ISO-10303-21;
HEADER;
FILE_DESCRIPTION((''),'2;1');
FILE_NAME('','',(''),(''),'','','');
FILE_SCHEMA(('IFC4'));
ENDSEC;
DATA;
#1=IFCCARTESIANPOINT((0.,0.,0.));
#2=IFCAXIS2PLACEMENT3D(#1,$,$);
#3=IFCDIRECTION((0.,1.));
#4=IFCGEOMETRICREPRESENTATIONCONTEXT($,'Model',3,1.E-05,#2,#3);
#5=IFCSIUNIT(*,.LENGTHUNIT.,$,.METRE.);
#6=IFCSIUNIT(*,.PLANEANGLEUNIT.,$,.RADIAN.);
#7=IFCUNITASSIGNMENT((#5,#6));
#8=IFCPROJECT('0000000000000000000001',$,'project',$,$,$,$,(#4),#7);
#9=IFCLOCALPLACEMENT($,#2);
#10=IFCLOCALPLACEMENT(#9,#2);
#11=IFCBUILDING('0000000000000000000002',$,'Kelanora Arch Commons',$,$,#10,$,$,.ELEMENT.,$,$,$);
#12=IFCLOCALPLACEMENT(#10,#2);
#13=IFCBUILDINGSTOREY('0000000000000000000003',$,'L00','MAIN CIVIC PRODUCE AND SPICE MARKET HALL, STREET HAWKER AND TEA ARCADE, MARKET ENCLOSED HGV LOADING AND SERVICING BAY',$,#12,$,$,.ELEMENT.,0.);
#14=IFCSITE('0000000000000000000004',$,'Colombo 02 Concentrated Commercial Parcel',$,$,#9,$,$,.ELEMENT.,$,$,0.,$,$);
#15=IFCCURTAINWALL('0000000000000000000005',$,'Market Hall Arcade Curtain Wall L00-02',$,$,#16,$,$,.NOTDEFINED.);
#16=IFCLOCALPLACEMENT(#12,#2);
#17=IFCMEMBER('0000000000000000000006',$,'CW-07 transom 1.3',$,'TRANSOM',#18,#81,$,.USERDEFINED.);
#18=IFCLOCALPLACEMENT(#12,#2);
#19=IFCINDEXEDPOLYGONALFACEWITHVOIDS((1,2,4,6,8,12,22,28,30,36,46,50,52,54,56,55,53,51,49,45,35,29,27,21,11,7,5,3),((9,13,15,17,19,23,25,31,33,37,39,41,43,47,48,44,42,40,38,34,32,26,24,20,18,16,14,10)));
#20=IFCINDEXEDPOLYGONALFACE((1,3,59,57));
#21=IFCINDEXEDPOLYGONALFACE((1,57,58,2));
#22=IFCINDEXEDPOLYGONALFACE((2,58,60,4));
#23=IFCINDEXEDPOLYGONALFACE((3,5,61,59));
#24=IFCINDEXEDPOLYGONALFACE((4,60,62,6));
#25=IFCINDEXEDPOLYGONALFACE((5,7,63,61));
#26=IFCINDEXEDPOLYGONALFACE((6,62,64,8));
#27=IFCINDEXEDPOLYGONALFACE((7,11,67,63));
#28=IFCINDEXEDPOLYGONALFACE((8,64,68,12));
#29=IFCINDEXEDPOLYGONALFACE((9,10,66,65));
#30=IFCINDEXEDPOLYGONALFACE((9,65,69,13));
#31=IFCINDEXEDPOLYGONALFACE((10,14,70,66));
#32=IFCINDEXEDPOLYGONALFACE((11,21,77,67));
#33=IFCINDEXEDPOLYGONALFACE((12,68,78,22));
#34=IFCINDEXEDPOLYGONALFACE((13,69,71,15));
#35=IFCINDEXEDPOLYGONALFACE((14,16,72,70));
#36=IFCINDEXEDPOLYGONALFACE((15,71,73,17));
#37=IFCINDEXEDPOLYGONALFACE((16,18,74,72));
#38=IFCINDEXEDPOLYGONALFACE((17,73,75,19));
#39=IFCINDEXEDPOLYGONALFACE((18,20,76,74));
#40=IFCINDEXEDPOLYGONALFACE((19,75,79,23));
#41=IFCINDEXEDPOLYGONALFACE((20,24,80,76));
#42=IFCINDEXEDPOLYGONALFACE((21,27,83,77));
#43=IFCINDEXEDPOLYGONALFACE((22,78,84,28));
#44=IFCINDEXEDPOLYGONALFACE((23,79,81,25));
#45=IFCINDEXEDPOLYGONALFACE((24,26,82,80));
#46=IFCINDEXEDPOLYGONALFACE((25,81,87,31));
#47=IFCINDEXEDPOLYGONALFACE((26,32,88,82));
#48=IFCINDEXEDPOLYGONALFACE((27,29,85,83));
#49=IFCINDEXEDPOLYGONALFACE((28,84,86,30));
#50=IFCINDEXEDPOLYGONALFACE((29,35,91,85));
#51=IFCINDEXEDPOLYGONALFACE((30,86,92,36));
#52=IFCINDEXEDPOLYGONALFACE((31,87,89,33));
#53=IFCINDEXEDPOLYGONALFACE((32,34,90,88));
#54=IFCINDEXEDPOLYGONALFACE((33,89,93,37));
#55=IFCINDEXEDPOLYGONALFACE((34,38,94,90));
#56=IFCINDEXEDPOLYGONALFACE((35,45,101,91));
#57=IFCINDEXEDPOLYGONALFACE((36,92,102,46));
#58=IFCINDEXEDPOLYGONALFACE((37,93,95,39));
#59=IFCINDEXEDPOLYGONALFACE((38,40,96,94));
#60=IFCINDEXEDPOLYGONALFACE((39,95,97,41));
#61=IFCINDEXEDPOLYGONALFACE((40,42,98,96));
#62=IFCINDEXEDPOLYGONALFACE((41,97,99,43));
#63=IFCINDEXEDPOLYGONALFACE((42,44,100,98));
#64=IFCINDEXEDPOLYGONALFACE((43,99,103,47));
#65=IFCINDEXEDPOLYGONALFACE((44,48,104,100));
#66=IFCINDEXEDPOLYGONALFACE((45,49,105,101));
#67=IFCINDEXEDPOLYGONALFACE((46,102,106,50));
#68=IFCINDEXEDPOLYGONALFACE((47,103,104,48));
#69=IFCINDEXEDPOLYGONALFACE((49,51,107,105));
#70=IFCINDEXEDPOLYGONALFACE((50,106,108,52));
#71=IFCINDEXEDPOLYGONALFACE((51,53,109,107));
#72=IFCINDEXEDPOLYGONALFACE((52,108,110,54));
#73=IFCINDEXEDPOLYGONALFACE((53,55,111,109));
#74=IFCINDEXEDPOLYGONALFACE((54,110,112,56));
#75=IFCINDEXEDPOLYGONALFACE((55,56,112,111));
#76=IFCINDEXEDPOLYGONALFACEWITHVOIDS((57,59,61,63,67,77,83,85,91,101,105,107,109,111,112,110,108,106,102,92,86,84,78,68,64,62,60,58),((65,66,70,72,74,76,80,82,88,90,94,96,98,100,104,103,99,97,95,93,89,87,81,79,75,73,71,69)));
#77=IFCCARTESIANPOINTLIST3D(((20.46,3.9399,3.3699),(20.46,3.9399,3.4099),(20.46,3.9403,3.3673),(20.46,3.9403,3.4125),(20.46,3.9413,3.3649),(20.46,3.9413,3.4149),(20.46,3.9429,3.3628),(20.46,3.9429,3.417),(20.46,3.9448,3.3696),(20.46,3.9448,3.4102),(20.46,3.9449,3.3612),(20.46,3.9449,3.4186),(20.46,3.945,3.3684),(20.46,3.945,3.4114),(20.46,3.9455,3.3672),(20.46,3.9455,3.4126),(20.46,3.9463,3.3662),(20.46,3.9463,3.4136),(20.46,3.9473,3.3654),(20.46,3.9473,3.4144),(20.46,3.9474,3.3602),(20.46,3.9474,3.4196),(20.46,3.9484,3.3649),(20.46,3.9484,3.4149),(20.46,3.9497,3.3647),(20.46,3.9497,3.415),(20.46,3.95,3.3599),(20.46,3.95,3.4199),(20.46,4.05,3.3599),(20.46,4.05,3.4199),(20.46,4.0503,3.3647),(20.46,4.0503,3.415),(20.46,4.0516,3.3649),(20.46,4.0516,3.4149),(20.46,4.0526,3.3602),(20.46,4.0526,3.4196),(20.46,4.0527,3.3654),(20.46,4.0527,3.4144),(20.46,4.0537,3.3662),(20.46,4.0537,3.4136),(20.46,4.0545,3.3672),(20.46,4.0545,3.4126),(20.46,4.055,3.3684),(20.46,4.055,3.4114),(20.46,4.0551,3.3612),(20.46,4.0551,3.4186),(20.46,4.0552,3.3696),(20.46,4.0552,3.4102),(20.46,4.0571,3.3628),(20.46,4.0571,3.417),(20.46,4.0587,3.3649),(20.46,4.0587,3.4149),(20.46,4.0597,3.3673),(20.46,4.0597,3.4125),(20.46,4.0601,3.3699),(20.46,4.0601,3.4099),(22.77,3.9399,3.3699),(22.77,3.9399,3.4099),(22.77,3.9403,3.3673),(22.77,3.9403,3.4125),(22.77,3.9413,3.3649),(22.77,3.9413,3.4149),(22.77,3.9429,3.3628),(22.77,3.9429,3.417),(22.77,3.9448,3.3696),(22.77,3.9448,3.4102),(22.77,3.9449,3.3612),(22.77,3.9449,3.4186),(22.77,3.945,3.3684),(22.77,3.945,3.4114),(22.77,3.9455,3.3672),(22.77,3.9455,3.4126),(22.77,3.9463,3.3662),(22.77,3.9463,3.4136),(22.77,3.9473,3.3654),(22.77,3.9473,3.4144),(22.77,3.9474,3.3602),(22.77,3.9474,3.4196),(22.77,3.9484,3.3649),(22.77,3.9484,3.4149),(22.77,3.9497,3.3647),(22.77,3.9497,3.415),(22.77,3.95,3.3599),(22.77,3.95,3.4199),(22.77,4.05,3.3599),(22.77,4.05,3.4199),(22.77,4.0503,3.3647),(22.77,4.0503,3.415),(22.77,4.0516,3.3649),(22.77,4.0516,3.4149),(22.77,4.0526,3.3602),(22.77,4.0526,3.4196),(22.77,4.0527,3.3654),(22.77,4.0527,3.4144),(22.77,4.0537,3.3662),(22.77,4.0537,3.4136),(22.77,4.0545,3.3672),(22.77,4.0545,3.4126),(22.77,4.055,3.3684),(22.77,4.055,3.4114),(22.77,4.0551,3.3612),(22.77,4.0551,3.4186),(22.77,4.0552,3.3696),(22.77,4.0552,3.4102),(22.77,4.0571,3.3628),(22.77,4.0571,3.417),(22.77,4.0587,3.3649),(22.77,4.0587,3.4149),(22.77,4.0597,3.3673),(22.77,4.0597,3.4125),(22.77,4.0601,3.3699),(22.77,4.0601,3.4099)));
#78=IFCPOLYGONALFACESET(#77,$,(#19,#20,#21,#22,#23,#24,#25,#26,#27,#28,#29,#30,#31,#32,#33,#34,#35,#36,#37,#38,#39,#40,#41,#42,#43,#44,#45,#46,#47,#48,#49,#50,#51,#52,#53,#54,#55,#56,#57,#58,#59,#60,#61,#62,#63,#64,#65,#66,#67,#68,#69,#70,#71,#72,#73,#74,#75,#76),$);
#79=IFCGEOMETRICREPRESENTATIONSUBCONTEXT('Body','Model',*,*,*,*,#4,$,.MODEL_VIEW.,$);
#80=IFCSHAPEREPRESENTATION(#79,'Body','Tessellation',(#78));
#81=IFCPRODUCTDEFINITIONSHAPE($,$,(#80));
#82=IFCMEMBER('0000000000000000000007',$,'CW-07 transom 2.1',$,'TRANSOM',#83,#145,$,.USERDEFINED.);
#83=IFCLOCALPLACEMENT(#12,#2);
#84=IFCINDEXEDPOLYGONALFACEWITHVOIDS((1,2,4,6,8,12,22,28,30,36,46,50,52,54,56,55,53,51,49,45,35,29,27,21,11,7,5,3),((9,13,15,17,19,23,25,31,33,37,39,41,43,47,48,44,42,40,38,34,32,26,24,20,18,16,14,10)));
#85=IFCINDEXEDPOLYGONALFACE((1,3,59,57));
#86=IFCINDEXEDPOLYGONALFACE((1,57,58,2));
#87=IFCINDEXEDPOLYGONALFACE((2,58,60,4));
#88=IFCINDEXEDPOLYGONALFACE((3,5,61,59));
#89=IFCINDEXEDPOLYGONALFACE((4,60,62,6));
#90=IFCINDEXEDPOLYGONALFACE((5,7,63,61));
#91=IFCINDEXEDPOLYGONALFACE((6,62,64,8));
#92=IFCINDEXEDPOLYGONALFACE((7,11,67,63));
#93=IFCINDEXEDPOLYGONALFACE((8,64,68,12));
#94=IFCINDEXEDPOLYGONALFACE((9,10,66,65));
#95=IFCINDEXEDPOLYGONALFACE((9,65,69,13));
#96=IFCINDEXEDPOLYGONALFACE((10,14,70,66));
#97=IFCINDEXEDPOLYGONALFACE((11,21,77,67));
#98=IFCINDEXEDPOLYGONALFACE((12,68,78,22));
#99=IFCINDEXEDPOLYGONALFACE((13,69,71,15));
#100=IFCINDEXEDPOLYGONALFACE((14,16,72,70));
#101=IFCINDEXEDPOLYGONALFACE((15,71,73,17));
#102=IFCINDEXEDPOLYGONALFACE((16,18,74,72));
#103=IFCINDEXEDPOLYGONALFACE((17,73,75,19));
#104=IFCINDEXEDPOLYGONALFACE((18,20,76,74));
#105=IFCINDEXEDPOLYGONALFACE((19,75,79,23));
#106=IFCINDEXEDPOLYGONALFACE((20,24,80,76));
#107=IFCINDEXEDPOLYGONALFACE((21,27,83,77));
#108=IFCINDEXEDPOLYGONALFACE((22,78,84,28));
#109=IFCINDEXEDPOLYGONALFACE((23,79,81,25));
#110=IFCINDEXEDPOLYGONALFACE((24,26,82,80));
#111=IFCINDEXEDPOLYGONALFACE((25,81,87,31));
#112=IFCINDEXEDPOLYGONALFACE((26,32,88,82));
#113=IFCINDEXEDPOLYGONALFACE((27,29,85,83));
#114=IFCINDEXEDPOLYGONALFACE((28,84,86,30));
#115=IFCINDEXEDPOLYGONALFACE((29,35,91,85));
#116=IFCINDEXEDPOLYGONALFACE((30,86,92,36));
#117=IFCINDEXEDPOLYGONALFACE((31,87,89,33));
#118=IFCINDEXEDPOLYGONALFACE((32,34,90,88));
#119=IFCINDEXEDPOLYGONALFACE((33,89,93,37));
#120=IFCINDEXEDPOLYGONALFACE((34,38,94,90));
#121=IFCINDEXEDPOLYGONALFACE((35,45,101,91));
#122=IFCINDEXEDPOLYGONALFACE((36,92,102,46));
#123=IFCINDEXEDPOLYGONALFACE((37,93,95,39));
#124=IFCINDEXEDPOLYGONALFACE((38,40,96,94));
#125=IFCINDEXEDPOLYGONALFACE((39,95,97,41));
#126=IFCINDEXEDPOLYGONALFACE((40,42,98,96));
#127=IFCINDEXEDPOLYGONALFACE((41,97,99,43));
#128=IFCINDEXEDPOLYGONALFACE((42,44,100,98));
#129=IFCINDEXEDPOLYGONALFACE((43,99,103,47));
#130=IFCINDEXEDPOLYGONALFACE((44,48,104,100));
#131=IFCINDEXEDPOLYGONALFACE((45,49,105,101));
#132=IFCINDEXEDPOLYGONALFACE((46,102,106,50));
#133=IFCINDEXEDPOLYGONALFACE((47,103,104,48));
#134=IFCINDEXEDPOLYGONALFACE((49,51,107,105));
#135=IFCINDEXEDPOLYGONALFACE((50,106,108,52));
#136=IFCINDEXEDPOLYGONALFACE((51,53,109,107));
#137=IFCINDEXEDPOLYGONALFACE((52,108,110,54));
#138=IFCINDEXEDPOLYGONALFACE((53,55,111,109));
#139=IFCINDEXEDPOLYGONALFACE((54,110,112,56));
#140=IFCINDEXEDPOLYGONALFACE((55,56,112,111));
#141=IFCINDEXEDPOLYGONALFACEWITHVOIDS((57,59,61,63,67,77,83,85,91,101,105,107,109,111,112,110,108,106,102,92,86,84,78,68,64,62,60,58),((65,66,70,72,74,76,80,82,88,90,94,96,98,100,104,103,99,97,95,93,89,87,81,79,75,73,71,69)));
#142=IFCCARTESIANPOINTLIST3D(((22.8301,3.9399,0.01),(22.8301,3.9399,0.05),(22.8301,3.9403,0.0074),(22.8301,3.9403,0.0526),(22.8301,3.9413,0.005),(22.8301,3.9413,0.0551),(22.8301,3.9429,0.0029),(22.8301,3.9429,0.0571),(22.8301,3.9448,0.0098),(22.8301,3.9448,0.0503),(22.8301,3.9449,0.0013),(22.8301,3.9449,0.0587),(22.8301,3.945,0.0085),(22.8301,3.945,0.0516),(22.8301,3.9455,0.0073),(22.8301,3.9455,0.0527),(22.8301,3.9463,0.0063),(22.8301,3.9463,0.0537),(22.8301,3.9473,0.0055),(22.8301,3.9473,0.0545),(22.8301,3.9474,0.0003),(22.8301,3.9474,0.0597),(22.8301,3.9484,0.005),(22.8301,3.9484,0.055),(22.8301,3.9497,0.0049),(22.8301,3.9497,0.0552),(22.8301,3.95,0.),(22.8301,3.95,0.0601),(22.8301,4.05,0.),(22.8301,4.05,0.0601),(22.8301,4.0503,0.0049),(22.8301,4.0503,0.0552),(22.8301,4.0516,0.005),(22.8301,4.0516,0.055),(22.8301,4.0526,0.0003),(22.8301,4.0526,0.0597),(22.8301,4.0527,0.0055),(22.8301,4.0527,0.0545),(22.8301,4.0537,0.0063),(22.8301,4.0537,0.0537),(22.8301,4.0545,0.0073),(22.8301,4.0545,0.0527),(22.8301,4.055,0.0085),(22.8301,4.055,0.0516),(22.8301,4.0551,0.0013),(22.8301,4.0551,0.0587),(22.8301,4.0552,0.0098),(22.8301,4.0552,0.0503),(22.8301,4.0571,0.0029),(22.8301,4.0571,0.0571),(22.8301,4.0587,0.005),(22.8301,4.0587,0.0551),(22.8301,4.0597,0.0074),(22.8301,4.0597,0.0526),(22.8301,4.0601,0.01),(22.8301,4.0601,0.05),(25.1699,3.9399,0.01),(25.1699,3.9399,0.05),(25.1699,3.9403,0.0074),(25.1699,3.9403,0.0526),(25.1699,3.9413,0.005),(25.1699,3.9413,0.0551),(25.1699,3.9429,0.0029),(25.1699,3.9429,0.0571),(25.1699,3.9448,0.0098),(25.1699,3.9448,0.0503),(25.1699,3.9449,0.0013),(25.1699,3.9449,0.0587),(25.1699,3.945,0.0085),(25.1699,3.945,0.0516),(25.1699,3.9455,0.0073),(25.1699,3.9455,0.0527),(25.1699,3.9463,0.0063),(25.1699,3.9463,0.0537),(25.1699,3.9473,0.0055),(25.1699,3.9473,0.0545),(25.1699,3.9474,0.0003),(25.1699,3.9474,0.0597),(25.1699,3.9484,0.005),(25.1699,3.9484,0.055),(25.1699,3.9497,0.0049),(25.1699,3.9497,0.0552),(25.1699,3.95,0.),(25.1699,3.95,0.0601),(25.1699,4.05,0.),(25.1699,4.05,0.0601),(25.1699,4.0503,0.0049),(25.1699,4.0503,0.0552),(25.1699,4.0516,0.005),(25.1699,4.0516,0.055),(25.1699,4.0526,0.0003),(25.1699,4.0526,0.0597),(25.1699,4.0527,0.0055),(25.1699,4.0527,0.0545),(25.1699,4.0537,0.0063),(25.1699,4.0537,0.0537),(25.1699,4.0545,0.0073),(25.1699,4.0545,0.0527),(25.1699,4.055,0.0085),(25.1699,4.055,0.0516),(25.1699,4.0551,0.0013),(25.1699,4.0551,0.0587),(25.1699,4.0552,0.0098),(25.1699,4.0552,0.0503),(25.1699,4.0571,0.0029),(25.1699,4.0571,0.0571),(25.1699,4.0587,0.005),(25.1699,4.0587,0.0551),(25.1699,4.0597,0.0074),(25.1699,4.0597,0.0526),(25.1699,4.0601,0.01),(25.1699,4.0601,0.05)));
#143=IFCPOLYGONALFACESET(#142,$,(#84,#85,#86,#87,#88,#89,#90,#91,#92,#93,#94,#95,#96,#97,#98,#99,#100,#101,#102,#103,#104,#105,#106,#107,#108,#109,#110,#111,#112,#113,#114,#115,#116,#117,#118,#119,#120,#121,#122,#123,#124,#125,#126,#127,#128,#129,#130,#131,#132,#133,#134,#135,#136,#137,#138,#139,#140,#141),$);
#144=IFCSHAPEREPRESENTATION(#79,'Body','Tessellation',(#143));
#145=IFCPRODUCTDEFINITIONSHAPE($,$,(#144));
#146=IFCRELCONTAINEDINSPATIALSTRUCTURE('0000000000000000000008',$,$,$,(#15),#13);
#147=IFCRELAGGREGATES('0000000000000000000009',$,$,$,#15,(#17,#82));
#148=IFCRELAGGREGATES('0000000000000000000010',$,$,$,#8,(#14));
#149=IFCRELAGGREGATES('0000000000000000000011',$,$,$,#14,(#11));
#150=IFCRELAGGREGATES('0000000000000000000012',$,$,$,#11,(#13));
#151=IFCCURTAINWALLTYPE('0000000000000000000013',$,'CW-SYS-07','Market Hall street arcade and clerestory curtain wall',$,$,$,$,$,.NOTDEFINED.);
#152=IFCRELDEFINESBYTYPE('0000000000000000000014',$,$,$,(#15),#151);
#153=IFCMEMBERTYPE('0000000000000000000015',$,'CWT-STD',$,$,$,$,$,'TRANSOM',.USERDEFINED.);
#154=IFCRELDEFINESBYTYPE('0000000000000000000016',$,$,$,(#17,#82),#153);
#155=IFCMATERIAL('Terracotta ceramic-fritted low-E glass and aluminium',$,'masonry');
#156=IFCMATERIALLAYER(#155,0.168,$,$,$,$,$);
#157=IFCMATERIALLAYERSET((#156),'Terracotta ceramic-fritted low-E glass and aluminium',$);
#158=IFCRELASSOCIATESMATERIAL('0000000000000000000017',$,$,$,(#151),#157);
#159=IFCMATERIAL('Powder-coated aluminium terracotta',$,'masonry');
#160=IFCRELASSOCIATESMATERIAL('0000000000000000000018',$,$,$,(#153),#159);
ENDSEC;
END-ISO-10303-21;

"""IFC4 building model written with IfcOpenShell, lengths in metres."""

from ifc_helpers import new_model, si_unit, direction, frame, origin, origin_2d, place, context, subcontext, project, spatial, hollow_rectangle, extrude, material, layer, layer_set, material_profile, profile_set, type_object, element, aggregate, save


model = new_model("IFC4")

# Units and contexts
model_context = context("Model", 3, precision=1e-05, world=origin(), true_north=direction((0.0, 1.0)))
body_context = subcontext(model_context, "Body", "Model", "MODEL_VIEW")
ifc_project = project(units=[si_unit("LENGTHUNIT", "METRE"), si_unit("PLANEANGLEUNIT", "RADIAN")], contexts=[model_context])

# Site, building, storey
site_placement = place(None, origin())
site = spatial("IfcSite", under=ifc_project, at=site_placement, Name="Colombo 02 Concentrated Commercial Parcel", CompositionType="ELEMENT", RefElevation=0.0)
building_placement = place(site_placement, origin())
building = spatial("IfcBuilding", under=site, at=building_placement, Name="Kelanora Arch Commons", CompositionType="ELEMENT")
storey_placement = place(building_placement, origin())
storey = spatial("IfcBuildingStorey", under=building, at=storey_placement, Name="L00", Description="MAIN CIVIC PRODUCE AND SPICE MARKET HALL, STREET HAWKER AND TEA ARCADE, MARKET ENCLOSED HGV LOADING AND SERVICING BAY", CompositionType="ELEMENT", Elevation=0.0)

# Curtain wall, members
ifc_material_1 = material(Name="Terracotta ceramic-fritted low-E glass and aluminium", Category="masonry")
ifc_layer_1 = layer(ifc_material_1, 0.168)
ifc_layer_set_1 = layer_set([ifc_layer_1], Name="Terracotta ceramic-fritted low-E glass and aluminium")
curtain_wall_type = type_object("IfcCurtainWallType", Name="CW-SYS-07", Description="Market Hall street arcade and clerestory curtain wall", PredefinedType="NOTDEFINED", material=ifc_layer_set_1)
curtain_wall_placement = place(storey_placement, origin())
curtain_wall = element("IfcCurtainWall", 1, at=curtain_wall_placement, inside=storey, type_object=curtain_wall_type, Name="Market Hall Arcade Curtain Wall L00-02", PredefinedType="NOTDEFINED")
ifc_material_2 = material(Name="Powder-coated aluminium terracotta", Category="masonry")
ifc_material_profile_1 = material_profile(ifc_material_2, hollow_rectangle(XDim=0.1201, YDim=0.0601, WallThickness=0.0049, InnerFilletRadius=0.0049, OuterFilletRadius=0.01, at=origin_2d()), Name="CWT120x60")
ifc_profile_set_1 = profile_set([ifc_material_profile_1], Name="Powder-coated aluminium terracotta")
member_type_1 = type_object("IfcMemberType", Name="CWT-STD", ElementType="TRANSOM", PredefinedType="USERDEFINED", material=ifc_profile_set_1)
member_1_placement = place(storey_placement, frame((20.46, 4.0, 3.3899), z_axis=(1.0, 0.0, 0.0), x_axis=(0.0, 1.0, 0.0)))
member_1 = element("IfcMember", 2, at=member_1_placement, type_object=member_type_1, Name="CW-07 transom 1.3", ObjectType="TRANSOM", PredefinedType="USERDEFINED", context=body_context, shape_type="SweptSolid", body=[
    extrude(hollow_rectangle(XDim=0.1201, YDim=0.0601, WallThickness=0.0049, InnerFilletRadius=0.0049, OuterFilletRadius=0.01, at=origin_2d()), origin(), (0.0, 0.0, 1.0), 2.3101),
])
member_2_placement = place(storey_placement, frame((22.8301, 4.0, 0.03), z_axis=(1.0, 0.0, 0.0), x_axis=(0.0, 1.0, 0.0)))
member_2 = element("IfcMember", 3, at=member_2_placement, type_object=member_type_1, Name="CW-07 transom 2.1", ObjectType="TRANSOM", PredefinedType="USERDEFINED", context=body_context, shape_type="SweptSolid", body=[
    extrude(hollow_rectangle(XDim=0.1201, YDim=0.0601, WallThickness=0.0049, InnerFilletRadius=0.0049, OuterFilletRadius=0.01, at=origin_2d()), origin(), (0.0, 0.0, 1.0), 2.3398),
])
aggregate(curtain_wall, [member_1, member_2])

save(model, "model.ifc")
